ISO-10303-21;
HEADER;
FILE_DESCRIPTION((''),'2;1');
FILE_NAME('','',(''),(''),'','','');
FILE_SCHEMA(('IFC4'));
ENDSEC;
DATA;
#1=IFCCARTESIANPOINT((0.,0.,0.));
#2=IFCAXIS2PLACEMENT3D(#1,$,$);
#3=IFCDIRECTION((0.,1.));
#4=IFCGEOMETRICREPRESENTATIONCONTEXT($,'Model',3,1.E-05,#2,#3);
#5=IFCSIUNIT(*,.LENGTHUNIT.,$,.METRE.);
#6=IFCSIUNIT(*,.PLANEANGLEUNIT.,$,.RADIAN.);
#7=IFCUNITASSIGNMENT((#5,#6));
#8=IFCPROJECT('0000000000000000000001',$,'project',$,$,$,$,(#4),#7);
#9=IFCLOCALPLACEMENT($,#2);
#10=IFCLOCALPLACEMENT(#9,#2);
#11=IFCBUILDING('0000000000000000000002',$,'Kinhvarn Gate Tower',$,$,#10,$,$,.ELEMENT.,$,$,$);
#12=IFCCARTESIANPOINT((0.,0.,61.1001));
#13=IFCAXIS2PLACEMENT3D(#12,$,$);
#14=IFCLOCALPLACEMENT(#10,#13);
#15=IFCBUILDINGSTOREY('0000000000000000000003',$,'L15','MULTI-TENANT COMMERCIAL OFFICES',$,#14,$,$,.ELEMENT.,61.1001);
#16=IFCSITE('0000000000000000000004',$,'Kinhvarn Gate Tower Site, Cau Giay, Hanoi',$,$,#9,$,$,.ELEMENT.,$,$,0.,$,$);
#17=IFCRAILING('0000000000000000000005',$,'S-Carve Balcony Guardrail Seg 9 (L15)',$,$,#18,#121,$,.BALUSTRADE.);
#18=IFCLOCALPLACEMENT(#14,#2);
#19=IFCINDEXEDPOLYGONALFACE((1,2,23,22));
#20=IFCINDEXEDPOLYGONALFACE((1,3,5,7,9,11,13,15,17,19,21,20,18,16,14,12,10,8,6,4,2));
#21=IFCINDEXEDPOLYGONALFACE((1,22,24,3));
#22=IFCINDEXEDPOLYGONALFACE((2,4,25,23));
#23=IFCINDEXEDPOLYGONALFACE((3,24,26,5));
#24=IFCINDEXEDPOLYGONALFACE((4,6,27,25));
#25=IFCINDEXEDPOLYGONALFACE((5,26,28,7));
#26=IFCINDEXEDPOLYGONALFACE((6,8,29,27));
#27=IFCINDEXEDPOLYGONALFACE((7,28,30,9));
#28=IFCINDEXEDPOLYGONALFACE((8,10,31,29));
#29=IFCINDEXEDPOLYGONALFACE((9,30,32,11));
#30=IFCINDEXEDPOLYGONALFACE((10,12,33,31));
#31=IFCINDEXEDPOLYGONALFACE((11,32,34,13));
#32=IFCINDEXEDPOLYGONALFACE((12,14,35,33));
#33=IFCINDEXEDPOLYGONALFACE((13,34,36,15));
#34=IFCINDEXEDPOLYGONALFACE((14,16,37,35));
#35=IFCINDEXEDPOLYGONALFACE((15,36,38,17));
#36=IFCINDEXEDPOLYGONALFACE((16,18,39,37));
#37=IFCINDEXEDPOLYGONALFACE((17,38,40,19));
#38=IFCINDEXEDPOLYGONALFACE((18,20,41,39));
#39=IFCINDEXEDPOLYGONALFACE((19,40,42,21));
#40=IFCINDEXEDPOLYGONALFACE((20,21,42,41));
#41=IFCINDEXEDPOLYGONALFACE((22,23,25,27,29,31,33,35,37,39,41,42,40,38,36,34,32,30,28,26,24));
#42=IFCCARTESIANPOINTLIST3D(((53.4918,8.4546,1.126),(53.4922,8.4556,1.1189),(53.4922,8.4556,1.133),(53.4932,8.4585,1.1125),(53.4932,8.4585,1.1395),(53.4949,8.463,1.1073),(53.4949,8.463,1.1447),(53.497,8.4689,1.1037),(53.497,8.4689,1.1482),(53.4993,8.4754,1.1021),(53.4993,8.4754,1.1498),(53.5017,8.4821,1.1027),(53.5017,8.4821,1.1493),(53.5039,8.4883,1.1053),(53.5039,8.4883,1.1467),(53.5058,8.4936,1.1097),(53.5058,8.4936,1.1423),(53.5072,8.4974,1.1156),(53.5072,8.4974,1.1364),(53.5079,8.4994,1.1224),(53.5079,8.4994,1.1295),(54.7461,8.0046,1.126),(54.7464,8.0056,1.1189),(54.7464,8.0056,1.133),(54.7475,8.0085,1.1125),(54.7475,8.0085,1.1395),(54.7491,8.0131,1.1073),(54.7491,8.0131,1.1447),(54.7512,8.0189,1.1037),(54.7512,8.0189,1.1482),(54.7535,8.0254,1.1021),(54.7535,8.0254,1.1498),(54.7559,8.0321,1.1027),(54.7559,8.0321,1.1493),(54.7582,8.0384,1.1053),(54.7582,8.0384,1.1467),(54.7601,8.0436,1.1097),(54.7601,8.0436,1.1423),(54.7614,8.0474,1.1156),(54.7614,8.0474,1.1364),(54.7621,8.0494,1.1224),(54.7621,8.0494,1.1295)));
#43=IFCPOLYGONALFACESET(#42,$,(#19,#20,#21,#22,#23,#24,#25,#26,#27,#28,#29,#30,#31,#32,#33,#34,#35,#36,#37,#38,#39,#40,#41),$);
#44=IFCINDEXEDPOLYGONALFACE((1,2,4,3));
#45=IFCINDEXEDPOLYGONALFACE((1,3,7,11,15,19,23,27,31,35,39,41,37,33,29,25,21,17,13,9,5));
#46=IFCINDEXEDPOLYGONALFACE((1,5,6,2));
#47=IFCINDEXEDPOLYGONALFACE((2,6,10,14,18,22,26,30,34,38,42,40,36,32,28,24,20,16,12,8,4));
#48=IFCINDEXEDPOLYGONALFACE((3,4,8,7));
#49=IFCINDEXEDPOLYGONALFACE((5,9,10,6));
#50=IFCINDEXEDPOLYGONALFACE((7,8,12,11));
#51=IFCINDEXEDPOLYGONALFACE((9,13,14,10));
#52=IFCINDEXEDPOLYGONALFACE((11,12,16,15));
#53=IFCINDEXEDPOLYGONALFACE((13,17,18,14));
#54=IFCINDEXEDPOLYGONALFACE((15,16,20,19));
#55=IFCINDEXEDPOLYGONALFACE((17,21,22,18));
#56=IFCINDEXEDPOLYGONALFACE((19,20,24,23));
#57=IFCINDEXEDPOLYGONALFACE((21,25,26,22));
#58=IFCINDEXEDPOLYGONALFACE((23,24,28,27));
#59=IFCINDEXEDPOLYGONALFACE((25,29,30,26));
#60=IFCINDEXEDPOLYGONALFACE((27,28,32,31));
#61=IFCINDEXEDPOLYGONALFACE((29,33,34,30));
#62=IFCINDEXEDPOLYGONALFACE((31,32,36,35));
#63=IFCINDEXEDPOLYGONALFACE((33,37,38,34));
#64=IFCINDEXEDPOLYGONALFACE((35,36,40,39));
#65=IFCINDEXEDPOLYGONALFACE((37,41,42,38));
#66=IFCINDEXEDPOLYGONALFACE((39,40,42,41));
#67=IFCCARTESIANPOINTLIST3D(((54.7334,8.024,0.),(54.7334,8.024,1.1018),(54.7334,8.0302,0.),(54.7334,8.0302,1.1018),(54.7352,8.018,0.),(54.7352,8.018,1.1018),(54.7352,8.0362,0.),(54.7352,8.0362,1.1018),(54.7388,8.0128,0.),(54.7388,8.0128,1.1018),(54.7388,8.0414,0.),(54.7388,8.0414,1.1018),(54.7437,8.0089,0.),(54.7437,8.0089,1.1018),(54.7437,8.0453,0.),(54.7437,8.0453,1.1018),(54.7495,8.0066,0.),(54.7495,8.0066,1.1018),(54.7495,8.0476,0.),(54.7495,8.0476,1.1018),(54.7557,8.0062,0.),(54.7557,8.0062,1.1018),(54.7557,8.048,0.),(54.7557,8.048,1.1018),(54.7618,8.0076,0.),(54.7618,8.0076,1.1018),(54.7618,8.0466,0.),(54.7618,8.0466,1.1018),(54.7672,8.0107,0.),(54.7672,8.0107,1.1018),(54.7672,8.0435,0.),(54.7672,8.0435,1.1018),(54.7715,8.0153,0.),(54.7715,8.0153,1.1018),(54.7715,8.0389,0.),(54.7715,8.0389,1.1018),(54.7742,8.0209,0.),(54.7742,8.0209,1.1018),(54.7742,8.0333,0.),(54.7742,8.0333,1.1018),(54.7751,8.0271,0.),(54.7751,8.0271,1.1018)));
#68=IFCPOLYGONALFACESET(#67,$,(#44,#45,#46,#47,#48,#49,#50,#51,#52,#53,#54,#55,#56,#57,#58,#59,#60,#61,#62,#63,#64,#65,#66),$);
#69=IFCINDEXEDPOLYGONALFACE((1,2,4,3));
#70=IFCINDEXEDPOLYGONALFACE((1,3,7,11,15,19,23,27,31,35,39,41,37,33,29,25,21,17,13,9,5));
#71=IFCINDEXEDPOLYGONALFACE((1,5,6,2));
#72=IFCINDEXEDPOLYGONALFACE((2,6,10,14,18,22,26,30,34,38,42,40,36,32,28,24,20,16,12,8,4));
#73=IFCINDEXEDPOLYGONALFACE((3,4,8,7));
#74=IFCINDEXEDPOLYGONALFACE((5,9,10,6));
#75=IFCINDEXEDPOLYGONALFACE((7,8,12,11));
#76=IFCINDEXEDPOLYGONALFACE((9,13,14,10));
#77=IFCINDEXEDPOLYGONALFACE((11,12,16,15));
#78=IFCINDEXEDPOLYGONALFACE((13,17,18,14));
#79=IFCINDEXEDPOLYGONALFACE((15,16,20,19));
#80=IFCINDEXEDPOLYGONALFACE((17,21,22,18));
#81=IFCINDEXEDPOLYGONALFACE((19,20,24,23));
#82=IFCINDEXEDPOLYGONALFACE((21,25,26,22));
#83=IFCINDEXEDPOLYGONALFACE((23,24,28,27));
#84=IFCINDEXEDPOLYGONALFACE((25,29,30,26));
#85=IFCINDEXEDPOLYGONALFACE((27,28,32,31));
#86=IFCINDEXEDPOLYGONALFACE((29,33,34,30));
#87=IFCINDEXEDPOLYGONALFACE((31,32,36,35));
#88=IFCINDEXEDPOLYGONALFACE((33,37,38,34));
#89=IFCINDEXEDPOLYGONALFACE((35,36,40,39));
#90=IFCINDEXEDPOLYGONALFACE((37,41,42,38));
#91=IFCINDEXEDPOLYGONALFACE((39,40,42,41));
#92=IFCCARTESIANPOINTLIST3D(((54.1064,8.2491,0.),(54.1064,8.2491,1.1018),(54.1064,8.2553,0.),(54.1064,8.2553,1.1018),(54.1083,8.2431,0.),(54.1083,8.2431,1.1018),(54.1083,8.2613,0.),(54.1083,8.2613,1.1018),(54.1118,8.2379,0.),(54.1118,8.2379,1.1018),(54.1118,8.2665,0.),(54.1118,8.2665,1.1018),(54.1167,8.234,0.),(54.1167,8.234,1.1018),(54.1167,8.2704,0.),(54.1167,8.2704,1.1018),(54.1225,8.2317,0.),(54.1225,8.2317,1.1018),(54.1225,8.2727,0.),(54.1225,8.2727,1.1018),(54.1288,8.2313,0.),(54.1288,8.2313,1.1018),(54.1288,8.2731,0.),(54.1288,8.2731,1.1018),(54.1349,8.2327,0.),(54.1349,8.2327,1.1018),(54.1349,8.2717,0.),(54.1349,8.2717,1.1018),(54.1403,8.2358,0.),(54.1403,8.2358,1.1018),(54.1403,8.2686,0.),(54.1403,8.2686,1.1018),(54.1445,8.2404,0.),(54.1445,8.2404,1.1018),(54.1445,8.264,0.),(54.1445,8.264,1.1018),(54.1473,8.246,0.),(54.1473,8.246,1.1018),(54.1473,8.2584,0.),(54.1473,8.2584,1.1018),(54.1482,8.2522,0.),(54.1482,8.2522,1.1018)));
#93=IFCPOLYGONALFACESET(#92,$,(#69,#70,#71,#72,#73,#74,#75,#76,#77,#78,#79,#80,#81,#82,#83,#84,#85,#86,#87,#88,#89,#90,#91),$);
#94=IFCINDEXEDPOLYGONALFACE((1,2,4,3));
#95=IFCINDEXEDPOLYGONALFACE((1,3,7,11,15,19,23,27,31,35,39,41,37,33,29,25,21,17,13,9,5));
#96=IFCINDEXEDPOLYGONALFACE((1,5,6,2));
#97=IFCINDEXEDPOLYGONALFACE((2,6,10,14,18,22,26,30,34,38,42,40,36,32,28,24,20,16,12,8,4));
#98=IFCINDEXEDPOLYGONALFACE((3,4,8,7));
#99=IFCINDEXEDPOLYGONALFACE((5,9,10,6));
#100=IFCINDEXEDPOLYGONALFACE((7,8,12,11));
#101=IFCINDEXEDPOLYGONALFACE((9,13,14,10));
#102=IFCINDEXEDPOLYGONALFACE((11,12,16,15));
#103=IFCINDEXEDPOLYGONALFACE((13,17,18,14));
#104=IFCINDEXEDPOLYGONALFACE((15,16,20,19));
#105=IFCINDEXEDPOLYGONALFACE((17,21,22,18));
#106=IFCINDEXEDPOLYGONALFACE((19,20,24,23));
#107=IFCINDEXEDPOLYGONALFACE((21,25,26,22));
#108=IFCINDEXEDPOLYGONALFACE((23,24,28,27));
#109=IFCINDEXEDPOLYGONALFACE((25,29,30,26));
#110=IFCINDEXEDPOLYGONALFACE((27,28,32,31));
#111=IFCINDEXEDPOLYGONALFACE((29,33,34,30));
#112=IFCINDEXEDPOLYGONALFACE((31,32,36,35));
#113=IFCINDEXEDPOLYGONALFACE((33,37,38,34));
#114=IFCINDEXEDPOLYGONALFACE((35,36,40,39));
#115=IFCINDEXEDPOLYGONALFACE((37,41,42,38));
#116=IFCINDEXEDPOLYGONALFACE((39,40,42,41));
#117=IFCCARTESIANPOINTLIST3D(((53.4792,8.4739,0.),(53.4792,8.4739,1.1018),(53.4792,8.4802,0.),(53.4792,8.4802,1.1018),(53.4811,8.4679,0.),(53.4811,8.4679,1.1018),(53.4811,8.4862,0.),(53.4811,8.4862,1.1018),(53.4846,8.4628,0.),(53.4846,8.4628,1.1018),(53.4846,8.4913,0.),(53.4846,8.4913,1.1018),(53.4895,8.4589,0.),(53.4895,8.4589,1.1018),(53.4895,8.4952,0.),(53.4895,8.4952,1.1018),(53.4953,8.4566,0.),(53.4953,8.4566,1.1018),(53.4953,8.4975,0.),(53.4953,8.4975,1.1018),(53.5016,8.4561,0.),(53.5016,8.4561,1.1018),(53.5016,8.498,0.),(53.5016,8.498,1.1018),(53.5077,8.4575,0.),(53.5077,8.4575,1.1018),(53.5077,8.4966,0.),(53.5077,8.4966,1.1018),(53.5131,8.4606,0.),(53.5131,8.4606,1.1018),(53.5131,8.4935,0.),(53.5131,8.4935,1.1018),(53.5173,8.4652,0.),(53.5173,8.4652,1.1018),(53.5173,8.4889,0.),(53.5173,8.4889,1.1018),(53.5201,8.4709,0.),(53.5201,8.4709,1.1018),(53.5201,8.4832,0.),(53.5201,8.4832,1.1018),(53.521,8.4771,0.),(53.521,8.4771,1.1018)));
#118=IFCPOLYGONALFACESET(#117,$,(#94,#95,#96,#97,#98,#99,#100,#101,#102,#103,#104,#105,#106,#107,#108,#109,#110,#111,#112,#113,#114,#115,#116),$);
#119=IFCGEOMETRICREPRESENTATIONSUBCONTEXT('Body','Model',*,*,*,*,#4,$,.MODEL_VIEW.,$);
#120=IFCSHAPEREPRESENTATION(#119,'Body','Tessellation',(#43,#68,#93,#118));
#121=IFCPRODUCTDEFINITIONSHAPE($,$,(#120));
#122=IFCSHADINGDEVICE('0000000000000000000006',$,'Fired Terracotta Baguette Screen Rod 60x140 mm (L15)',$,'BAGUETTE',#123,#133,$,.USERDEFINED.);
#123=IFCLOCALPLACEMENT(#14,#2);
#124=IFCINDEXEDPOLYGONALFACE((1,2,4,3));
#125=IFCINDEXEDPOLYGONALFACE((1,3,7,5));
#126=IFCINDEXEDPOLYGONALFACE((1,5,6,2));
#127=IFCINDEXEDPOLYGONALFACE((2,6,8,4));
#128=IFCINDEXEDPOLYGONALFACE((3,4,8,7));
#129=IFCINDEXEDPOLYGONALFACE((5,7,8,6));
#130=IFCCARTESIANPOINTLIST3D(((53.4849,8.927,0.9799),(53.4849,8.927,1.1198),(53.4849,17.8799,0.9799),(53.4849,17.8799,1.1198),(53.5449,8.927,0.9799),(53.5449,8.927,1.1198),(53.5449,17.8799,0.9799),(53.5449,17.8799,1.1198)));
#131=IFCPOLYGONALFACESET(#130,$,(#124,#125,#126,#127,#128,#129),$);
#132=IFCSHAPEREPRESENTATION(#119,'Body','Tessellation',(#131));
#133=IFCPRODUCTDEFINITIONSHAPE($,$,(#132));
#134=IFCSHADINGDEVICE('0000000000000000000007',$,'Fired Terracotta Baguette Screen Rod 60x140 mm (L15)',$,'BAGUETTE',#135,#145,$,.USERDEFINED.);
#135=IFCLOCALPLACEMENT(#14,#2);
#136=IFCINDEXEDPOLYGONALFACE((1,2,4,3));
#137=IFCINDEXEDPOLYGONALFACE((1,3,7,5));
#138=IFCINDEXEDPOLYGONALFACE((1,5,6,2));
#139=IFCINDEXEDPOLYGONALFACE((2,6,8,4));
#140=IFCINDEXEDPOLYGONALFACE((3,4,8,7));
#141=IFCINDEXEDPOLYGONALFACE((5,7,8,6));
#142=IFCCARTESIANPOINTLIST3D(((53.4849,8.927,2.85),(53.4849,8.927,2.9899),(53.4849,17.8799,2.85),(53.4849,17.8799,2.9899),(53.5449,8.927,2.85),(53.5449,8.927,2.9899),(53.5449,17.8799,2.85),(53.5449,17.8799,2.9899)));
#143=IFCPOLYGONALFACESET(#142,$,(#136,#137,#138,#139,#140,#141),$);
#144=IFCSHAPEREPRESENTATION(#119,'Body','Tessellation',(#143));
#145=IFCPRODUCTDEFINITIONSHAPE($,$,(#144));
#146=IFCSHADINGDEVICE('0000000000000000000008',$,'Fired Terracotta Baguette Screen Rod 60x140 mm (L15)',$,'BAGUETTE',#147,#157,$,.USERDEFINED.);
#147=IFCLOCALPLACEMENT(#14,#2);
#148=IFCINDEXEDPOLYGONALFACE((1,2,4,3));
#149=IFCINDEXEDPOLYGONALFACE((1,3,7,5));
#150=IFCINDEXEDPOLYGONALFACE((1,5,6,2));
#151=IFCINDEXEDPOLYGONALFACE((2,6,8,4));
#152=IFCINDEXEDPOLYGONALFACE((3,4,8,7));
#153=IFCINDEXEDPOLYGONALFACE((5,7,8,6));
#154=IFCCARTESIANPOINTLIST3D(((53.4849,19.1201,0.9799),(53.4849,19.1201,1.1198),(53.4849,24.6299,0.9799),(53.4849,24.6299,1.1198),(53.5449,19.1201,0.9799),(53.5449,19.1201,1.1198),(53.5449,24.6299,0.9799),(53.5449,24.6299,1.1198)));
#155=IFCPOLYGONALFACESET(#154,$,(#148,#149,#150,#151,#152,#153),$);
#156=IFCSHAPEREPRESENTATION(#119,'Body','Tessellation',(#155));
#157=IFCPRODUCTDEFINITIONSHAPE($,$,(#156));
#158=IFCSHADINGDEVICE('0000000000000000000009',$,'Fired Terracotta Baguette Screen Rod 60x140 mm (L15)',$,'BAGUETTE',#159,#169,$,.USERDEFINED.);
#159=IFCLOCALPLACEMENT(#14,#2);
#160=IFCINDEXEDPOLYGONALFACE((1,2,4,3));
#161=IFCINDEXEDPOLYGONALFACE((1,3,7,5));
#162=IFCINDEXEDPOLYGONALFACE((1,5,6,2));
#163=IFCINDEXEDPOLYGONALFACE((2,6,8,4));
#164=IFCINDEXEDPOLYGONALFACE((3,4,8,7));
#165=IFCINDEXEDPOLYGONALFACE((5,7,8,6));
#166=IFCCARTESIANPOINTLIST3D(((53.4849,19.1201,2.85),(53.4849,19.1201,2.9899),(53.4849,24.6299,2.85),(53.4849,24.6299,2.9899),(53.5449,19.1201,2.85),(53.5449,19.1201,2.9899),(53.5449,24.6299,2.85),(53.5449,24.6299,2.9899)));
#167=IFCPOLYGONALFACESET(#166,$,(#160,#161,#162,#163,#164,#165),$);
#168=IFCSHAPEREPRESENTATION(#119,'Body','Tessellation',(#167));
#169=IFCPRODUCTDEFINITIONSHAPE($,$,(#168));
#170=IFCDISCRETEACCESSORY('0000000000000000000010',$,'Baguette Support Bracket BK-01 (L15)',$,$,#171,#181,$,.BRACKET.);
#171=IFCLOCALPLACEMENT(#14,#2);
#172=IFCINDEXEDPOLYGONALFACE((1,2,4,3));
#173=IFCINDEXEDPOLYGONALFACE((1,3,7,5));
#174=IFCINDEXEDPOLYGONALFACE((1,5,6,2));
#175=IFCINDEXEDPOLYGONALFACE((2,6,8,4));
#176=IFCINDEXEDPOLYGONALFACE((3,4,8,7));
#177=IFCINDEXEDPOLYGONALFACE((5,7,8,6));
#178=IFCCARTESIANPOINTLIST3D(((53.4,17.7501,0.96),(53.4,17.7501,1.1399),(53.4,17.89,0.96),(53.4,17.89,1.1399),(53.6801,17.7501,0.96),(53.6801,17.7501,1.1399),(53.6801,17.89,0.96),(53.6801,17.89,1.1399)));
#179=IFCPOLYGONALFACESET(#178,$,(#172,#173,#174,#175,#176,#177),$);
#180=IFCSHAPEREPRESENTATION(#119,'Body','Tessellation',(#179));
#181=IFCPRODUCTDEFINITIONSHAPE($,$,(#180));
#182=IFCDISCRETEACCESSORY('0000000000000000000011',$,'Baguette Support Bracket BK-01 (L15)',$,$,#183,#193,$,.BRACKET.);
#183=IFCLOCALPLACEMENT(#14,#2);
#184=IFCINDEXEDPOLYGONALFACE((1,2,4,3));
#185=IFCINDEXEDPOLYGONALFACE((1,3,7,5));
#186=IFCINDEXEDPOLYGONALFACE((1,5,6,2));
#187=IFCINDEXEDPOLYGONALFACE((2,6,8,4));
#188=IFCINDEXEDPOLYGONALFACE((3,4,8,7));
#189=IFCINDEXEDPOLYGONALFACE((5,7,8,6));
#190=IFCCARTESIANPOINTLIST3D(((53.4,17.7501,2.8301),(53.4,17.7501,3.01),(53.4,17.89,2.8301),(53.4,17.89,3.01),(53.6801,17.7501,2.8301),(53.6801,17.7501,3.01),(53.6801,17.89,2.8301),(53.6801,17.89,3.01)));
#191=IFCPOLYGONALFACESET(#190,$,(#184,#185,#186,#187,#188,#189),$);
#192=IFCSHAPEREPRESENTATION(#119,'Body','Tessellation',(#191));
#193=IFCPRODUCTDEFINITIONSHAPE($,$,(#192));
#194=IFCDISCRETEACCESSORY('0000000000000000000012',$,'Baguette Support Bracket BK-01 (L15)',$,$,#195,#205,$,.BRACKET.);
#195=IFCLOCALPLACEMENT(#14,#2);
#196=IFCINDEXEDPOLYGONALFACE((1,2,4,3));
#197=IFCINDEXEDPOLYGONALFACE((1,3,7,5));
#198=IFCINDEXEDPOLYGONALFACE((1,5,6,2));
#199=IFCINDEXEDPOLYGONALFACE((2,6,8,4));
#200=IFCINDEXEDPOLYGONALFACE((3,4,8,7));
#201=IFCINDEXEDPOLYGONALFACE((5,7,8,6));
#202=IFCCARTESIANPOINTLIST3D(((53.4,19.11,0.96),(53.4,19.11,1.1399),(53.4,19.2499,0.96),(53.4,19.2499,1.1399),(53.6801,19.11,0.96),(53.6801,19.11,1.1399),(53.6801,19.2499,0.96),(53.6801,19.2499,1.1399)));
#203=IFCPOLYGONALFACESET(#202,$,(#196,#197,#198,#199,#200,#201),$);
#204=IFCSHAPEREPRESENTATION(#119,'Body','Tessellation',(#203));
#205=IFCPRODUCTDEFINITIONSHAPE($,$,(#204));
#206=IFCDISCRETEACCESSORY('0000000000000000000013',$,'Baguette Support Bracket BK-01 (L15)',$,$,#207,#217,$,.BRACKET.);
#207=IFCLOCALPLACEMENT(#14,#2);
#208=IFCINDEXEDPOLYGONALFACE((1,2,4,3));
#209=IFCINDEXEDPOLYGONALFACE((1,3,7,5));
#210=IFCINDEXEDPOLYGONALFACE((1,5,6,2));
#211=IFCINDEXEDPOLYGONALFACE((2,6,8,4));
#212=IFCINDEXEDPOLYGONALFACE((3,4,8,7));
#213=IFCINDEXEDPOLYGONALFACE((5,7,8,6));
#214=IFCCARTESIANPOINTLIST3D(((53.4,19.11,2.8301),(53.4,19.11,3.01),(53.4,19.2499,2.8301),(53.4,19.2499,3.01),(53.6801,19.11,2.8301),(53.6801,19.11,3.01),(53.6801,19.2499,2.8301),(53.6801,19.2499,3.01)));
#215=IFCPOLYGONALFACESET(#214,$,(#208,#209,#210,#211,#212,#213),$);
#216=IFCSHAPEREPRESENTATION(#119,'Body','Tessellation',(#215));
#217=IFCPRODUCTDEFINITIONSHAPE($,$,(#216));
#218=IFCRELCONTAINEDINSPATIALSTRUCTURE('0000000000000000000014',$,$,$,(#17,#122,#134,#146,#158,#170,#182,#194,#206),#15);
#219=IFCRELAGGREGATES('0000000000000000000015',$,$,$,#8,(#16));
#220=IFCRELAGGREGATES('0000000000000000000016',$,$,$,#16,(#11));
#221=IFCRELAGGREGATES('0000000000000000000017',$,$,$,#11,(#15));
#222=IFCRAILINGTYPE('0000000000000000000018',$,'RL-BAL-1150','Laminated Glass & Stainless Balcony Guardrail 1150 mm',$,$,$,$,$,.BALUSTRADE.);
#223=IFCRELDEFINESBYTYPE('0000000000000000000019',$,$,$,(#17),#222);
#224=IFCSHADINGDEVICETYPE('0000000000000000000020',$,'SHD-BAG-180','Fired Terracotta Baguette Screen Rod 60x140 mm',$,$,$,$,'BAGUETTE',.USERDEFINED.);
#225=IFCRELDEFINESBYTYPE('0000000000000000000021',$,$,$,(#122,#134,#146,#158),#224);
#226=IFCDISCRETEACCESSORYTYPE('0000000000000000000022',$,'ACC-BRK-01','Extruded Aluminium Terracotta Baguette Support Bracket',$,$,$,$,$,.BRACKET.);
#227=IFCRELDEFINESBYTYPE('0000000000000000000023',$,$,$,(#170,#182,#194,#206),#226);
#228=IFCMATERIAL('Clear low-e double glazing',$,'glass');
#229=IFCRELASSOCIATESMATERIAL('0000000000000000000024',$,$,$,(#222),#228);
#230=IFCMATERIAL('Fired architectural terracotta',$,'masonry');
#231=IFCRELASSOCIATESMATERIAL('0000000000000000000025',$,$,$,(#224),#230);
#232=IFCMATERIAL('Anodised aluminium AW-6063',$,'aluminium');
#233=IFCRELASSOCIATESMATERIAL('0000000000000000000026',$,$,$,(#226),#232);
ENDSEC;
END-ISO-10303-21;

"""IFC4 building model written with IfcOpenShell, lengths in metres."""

from ifc_helpers import new_model, si_unit, direction, frame, origin, origin_2d, place, context, subcontext, project, spatial, rectangle, circle, extrude, material, material_profile, profile_set, type_object, element, save


model = new_model("IFC4")

# Units and contexts
model_context = context("Model", 3, precision=1e-05, world=origin(), true_north=direction((0.0, 1.0)))
body_context = subcontext(model_context, "Body", "Model", "MODEL_VIEW")
ifc_project = project(units=[si_unit("LENGTHUNIT", "METRE"), si_unit("PLANEANGLEUNIT", "RADIAN")], contexts=[model_context])

# Site, building, storey
site_placement = place(None, origin())
site = spatial("IfcSite", under=ifc_project, at=site_placement, Name="Kinhvarn Gate Tower Site, Cau Giay, Hanoi", CompositionType="ELEMENT", RefElevation=0.0)
building_placement = place(site_placement, origin())
building = spatial("IfcBuilding", under=site, at=building_placement, Name="Kinhvarn Gate Tower", CompositionType="ELEMENT")
storey_placement = place(building_placement, frame((0.0, 0.0, 61.1001)))
storey = spatial("IfcBuildingStorey", under=building, at=storey_placement, Name="L15", Description="MULTI-TENANT COMMERCIAL OFFICES", CompositionType="ELEMENT", Elevation=61.1001)

# Shared definitions
ifc_material_1 = material(Name="Anodised aluminium AW-6063", Category="aluminium")

# Shared definitions
ifc_material_2 = material(Name="Clear low-e double glazing", Category="glass")

# Railing
railing_type = type_object("IfcRailingType", Name="RL-BAL-1150", Description="Laminated Glass & Stainless Balcony Guardrail 1150 mm", PredefinedType="BALUSTRADE", material=ifc_material_2)
railing_placement = place(storey_placement, frame((54.7542, 8.0271, 0.0)))
element("IfcRailing", 1, at=railing_placement, inside=storey, type_object=railing_type, Name="S-Carve Balcony Guardrail Seg 9 (L15)", PredefinedType="BALUSTRADE", context=body_context, shape_type="SweptSolid", body=[
    extrude(circle(Radius=0.0239, at=origin_2d()), frame((0.0, 0.0, 1.126), z_axis=(-0.941256, 0.337694, 0.0), x_axis=(-0.337694, -0.941256, 0.0)), (0.0, 0.0, 1.0), 1.3325),
    extrude(circle(Radius=0.021, at=origin_2d()), origin(), (0.0, 0.0, 1.0), 1.1018),
    extrude(circle(Radius=0.021, at=origin_2d()), frame((-0.627, 0.2251, 0.0)), (0.0, 0.0, 1.0), 1.1018),
    extrude(circle(Radius=0.021, at=origin_2d()), frame((-1.2542, 0.45, 0.0)), (0.0, 0.0, 1.0), 1.1018),
])

# Shading devices
ifc_material_3 = material(Name="Fired architectural terracotta", Category="masonry")
ifc_material_profile_1 = material_profile(ifc_material_3, rectangle(XDim=0.0601, YDim=0.1399, at=origin_2d()), Name="TC 60x140")
ifc_profile_set_1 = profile_set([ifc_material_profile_1], Name="Fired architectural terracotta")
shading_device_type = type_object("IfcShadingDeviceType", Name="SHD-BAG-180", Description="Fired Terracotta Baguette Screen Rod 60x140 mm", ElementType="BAGUETTE", PredefinedType="USERDEFINED", material=ifc_profile_set_1)
for number, where, z_axis, x_axis, name in (
    (2, (53.5149, 8.927, 1.0498), (0.0, 1.0, 0.0), (-1.0, 0.0, 0.0), "Fired Terracotta Baguette Screen Rod 60x140 mm (L15)"),
    (3, (53.5149, 8.927, 2.9199), (0.0, 1.0, 0.0), (-1.0, 0.0, 0.0), "Fired Terracotta Baguette Screen Rod 60x140 mm (L15)"),
):
    element("IfcShadingDevice", number, at=place(storey_placement, frame(where, z_axis=z_axis, x_axis=x_axis)), inside=storey, type_object=shading_device_type, Name=name, ObjectType="BAGUETTE", PredefinedType="USERDEFINED", context=body_context, shape_type="SweptSolid", body=[
        extrude(rectangle(XDim=0.0601, YDim=0.1399, at=origin_2d()), origin(), (0.0, 0.0, 1.0), 8.9529),
    ])
for number, where, z_axis, x_axis, name in (
    (4, (53.5149, 19.1201, 1.0498), (0.0, 1.0, 0.0), (-1.0, 0.0, 0.0), "Fired Terracotta Baguette Screen Rod 60x140 mm (L15)"),
    (5, (53.5149, 19.1201, 2.9199), (0.0, 1.0, 0.0), (-1.0, 0.0, 0.0), "Fired Terracotta Baguette Screen Rod 60x140 mm (L15)"),
):
    element("IfcShadingDevice", number, at=place(storey_placement, frame(where, z_axis=z_axis, x_axis=x_axis)), inside=storey, type_object=shading_device_type, Name=name, ObjectType="BAGUETTE", PredefinedType="USERDEFINED", context=body_context, shape_type="SweptSolid", body=[
        extrude(rectangle(XDim=0.0601, YDim=0.1399, at=origin_2d()), origin(), (0.0, 0.0, 1.0), 5.5098),
    ])

# Discrete accessories
discrete_accessory_type = type_object("IfcDiscreteAccessoryType", Name="ACC-BRK-01", Description="Extruded Aluminium Terracotta Baguette Support Bracket", PredefinedType="BRACKET", material=ifc_material_1)
for number, where, z_axis, x_axis, name in (
    (6, (53.54, 17.8201, 0.96), (0.0, 0.0, 1.0), (0.0, 1.0, 0.0), "Baguette Support Bracket BK-01 (L15)"),
    (7, (53.54, 17.8201, 2.8301), (0.0, 0.0, 1.0), (0.0, 1.0, 0.0), "Baguette Support Bracket BK-01 (L15)"),
    (8, (53.54, 19.1799, 0.96), (0.0, 0.0, 1.0), (0.0, 1.0, 0.0), "Baguette Support Bracket BK-01 (L15)"),
    (9, (53.54, 19.1799, 2.8301), (0.0, 0.0, 1.0), (0.0, 1.0, 0.0), "Baguette Support Bracket BK-01 (L15)"),
):
    element("IfcDiscreteAccessory", number, at=place(storey_placement, frame(where, z_axis=z_axis, x_axis=x_axis)), inside=storey, type_object=discrete_accessory_type, Name=name, PredefinedType="BRACKET", context=body_context, shape_type="SweptSolid", body=[
        extrude(rectangle(XDim=0.1399, YDim=0.28, at=origin_2d()), origin(), (0.0, 0.0, 1.0), 0.1799),
    ])

save(model, "model.ifc")
